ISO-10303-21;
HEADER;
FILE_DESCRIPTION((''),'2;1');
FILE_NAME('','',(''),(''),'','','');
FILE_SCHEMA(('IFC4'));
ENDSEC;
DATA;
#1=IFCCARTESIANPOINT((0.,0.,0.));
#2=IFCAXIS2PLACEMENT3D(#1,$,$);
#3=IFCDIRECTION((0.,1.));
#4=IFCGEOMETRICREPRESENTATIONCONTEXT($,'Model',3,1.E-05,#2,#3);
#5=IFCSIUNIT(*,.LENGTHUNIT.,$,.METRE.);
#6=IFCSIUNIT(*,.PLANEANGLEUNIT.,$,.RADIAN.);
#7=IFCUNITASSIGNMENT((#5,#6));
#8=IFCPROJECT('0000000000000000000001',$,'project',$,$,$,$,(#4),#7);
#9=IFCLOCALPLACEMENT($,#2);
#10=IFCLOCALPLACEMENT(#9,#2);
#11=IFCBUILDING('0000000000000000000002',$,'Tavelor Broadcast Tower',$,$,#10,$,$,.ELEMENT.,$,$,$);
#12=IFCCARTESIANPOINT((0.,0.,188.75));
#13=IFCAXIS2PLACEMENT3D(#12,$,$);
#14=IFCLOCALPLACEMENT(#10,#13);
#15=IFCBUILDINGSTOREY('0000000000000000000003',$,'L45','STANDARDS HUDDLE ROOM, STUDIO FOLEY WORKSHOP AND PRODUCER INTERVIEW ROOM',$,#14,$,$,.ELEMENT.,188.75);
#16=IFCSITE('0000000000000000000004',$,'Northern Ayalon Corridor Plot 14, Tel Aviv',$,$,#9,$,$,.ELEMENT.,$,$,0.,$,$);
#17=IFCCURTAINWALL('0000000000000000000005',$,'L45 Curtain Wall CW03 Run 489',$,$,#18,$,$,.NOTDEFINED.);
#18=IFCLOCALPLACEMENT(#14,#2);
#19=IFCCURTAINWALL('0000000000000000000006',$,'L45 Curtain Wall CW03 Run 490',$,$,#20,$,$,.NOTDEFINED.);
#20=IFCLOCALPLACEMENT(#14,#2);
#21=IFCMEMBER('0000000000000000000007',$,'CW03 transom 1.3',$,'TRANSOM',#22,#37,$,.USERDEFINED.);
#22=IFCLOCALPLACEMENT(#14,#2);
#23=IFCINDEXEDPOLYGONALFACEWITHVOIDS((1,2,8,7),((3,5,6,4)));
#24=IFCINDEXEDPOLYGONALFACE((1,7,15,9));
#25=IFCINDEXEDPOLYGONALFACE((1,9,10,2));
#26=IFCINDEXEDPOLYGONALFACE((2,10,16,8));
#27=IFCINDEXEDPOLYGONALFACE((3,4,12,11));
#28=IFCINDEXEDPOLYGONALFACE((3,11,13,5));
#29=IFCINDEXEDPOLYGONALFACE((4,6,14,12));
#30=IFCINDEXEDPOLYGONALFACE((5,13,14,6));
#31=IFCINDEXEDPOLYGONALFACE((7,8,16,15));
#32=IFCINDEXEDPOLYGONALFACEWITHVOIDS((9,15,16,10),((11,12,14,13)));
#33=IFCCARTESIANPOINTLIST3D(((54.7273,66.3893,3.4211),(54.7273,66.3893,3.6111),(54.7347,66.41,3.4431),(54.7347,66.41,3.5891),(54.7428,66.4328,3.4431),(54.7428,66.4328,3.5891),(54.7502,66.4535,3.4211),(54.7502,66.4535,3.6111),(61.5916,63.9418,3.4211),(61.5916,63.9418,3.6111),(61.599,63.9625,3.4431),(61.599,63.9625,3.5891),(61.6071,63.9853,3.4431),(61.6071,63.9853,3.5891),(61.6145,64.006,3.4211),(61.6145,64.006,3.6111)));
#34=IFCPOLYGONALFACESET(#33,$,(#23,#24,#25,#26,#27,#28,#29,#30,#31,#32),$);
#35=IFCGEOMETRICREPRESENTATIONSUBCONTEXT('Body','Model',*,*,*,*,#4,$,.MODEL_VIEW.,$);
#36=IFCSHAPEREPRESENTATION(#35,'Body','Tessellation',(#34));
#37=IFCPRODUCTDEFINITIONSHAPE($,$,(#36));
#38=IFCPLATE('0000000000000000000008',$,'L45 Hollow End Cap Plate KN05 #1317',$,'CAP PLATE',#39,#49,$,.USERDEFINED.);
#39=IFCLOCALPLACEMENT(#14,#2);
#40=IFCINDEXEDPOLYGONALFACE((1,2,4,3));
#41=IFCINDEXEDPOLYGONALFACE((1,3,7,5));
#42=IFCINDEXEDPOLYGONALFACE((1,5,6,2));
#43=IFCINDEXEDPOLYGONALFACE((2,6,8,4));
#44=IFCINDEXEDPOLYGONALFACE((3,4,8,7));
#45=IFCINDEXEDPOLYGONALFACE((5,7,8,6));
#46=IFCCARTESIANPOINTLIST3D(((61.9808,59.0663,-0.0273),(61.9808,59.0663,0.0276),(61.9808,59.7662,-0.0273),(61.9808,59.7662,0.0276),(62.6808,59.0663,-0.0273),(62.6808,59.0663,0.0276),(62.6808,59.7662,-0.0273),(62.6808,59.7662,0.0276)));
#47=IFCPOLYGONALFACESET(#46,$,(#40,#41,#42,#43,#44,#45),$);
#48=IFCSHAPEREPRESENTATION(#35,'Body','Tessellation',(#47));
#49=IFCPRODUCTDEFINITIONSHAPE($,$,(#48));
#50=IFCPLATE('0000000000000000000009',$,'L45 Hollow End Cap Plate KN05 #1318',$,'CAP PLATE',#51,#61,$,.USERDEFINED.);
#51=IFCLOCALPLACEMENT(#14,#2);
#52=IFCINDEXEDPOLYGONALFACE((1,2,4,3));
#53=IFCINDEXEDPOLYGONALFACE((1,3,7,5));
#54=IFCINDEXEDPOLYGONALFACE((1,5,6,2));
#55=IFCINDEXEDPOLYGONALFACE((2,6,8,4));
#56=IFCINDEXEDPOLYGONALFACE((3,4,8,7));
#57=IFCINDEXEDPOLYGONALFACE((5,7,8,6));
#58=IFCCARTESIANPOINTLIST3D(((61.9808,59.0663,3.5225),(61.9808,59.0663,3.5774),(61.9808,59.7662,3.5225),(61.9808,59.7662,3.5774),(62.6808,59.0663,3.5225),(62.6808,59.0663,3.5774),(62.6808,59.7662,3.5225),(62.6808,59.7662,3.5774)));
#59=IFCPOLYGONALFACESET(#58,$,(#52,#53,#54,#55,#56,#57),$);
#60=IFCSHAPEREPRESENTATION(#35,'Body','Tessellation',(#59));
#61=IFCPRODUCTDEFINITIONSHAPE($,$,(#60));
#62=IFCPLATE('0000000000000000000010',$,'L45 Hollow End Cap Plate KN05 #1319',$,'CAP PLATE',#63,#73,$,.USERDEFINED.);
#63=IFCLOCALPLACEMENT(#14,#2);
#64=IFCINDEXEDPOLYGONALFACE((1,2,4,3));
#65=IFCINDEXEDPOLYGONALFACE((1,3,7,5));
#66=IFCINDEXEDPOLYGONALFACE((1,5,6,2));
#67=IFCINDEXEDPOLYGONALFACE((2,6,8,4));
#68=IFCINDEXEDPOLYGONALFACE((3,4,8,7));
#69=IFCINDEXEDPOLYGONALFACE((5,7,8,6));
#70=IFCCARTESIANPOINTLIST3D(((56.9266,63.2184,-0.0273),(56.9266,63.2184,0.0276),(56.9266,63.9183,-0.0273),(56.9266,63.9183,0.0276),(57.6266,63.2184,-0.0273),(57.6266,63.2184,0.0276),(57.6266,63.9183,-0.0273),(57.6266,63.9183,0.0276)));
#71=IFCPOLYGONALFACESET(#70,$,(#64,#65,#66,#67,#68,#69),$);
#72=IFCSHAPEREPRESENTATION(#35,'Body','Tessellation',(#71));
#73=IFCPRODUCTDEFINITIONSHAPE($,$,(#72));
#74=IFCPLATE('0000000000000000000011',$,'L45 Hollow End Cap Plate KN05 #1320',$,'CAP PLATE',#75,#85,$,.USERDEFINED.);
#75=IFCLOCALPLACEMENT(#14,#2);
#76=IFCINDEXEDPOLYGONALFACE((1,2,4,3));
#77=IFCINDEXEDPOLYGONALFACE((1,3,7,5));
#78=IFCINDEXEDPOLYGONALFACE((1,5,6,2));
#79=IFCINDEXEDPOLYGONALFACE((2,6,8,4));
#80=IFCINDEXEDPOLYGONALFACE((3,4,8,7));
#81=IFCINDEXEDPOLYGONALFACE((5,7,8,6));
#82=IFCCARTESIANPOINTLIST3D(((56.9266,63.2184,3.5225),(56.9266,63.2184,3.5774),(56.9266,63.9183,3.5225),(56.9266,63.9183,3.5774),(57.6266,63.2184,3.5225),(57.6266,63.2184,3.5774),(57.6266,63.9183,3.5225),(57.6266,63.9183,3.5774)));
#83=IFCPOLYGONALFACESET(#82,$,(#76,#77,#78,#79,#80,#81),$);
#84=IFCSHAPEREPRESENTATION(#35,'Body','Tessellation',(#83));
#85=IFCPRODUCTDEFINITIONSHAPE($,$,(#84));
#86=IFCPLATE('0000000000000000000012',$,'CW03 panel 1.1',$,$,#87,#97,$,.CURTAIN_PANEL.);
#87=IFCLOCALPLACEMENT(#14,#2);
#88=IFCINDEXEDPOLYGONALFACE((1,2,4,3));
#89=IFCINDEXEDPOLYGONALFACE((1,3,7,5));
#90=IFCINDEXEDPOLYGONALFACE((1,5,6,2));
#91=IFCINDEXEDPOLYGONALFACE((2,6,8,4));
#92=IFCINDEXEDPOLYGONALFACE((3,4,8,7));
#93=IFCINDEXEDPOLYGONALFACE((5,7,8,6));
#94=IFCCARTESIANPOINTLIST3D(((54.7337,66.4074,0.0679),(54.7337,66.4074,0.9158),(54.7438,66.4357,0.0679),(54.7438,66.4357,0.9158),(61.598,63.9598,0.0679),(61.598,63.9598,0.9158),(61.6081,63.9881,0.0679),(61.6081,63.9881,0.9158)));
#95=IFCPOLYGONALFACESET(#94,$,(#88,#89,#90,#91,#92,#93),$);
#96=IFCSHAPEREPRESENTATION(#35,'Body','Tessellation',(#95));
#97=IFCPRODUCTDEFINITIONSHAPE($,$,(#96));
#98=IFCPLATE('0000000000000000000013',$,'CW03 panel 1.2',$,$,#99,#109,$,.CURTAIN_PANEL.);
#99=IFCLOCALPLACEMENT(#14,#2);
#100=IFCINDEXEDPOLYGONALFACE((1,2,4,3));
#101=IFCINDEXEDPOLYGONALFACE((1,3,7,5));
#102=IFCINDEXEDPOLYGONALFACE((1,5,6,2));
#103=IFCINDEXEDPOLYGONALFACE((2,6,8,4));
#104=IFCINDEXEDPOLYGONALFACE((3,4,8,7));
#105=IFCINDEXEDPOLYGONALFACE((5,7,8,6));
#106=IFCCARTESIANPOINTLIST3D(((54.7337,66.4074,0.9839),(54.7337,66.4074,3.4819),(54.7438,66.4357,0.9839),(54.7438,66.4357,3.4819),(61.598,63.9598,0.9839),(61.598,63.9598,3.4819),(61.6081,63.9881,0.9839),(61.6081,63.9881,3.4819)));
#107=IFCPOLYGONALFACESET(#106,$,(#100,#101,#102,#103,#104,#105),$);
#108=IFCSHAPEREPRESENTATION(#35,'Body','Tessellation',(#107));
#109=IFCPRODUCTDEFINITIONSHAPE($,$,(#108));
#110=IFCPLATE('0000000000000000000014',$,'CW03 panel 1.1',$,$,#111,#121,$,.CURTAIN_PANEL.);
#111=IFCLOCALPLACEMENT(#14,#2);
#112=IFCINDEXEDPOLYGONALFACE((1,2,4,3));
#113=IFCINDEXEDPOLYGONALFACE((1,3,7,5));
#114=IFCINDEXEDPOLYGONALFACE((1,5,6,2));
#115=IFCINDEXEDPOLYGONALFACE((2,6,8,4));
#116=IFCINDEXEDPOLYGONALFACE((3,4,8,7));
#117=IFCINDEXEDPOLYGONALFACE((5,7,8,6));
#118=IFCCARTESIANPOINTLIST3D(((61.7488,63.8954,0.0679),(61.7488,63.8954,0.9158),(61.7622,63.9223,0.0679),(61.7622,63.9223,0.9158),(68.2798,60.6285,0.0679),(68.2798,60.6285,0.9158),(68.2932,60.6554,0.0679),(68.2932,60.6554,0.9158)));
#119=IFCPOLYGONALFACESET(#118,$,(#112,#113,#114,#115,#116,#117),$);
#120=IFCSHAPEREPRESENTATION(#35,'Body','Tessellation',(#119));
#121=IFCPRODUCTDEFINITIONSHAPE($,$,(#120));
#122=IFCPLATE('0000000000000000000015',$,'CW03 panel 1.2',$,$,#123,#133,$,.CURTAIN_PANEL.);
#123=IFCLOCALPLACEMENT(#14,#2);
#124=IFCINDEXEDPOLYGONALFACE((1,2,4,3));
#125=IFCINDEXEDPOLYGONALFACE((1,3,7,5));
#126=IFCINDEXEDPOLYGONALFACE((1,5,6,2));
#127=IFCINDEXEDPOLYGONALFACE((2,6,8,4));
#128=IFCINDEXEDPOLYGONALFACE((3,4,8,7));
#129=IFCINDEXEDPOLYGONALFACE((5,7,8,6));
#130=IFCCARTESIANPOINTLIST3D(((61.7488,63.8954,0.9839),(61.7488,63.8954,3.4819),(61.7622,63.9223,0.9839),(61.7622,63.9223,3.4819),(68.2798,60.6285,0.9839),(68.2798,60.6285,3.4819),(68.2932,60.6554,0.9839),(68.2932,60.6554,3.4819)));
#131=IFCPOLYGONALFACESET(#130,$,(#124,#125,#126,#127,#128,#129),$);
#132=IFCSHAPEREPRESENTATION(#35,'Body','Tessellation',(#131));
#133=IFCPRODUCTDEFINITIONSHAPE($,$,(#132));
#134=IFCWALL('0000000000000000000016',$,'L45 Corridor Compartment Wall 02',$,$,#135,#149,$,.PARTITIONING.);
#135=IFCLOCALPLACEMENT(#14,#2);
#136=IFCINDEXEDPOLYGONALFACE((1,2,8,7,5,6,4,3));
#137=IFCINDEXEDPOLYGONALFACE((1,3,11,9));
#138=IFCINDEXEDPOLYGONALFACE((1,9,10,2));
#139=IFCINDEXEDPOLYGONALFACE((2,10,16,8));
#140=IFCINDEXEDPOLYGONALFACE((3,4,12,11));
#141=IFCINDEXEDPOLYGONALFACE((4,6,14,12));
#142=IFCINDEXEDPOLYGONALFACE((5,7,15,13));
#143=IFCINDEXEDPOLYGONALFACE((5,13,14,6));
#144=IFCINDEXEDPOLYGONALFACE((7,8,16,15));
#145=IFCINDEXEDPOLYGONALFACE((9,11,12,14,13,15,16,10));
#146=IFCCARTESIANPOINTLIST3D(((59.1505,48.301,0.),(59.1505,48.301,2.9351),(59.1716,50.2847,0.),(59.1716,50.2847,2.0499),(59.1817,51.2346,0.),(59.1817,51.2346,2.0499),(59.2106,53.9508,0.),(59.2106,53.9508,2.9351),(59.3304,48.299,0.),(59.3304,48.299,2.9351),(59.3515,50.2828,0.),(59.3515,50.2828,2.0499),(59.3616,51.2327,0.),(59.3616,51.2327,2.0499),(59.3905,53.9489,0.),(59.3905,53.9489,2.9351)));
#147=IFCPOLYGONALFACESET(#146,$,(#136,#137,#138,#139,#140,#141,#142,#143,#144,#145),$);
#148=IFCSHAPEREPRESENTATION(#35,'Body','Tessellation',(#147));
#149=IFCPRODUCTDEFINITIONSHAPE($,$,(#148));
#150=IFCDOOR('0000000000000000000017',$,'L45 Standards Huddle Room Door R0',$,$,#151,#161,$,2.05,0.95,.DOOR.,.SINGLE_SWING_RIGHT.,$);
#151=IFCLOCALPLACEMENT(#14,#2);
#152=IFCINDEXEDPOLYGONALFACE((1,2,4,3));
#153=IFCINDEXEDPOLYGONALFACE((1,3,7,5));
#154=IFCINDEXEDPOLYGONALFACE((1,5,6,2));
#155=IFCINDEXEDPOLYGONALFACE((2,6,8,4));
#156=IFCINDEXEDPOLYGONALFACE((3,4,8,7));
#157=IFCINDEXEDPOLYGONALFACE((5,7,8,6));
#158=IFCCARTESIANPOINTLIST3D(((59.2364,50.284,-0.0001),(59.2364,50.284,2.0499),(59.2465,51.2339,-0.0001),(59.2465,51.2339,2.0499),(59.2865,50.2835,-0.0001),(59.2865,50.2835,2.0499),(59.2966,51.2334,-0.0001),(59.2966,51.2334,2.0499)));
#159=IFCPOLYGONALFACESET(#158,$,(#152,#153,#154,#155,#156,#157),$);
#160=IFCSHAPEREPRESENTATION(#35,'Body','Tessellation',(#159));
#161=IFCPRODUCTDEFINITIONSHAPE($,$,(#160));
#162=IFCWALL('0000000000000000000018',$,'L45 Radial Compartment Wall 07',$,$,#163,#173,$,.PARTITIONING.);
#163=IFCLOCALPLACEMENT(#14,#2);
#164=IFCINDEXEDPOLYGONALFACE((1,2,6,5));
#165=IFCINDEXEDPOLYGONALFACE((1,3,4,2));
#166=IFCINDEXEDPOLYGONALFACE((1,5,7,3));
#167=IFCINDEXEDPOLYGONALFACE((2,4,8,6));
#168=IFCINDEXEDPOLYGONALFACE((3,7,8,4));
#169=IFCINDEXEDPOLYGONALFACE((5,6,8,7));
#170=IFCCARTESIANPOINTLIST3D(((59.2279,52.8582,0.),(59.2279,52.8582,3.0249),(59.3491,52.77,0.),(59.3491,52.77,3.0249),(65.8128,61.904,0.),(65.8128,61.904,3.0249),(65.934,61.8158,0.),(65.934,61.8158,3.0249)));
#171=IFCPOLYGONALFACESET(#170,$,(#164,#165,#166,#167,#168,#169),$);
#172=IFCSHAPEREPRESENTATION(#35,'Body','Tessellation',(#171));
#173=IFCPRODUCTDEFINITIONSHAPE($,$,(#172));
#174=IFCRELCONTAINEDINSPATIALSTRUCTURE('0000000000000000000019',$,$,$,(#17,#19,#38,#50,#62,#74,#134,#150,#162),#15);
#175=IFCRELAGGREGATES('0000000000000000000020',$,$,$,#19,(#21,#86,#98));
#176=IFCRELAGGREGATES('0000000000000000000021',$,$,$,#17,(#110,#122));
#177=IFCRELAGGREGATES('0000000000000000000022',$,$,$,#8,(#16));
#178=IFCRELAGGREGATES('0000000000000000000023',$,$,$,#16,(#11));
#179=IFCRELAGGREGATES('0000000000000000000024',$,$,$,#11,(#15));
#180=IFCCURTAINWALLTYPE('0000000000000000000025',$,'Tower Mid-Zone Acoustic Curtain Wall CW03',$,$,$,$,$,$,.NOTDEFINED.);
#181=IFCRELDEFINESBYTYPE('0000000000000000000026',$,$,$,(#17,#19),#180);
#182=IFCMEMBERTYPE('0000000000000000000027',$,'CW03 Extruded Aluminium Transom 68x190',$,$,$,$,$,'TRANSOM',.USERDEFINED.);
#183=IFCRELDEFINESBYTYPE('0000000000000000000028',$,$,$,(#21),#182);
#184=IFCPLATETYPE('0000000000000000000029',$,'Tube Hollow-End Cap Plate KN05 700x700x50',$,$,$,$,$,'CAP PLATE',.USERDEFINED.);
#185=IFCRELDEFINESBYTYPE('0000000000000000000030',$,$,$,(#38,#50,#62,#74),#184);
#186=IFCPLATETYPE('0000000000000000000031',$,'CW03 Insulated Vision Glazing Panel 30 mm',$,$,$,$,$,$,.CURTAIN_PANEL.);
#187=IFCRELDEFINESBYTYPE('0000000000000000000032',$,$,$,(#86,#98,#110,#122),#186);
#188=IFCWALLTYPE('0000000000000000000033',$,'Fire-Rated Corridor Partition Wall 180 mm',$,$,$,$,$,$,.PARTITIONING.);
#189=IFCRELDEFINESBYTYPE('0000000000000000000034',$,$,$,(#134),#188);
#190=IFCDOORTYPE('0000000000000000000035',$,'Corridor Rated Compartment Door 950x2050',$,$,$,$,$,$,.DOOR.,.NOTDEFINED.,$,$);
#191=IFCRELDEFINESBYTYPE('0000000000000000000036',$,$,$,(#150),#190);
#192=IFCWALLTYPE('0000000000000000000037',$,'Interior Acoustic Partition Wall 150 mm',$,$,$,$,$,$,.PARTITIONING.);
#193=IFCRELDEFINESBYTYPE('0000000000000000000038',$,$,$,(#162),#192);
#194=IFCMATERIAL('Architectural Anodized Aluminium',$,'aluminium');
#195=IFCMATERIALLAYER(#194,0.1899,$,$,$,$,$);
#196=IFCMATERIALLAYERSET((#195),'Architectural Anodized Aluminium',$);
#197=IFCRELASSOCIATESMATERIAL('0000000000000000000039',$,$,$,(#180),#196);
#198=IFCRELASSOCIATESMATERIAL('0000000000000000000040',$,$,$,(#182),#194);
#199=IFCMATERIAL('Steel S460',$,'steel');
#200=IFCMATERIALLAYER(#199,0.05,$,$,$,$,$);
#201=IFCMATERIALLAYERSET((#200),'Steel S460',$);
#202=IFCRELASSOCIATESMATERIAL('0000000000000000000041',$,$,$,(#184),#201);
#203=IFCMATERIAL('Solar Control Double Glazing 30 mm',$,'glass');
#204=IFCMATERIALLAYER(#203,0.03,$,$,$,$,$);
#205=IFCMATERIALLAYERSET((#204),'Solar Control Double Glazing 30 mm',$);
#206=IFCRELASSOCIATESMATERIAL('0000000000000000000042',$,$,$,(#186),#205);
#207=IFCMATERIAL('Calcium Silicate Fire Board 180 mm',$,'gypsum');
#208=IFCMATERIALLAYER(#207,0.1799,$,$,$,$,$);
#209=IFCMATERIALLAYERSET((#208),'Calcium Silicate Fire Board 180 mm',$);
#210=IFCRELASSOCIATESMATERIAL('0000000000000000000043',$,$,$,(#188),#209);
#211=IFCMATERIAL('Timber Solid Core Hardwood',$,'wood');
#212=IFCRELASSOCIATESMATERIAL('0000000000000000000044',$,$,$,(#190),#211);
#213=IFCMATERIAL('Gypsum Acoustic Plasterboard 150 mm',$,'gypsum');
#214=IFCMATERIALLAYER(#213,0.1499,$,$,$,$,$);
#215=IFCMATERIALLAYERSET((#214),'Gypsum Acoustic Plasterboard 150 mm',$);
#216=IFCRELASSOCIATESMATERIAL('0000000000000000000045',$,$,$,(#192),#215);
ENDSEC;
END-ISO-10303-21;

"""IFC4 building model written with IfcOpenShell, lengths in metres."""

from ifc_helpers import new_model, si_unit, direction, frame, frame_2d, origin, origin_2d, place, context, subcontext, project, spatial, rectangle, hollow_rectangle, extrude, source, transform, mapped, material, layer, layer_set, material_profile, profile_set, type_object, type_shapes, element, fill, aggregate, save


model = new_model("IFC4")

# Units and contexts
model_context = context("Model", 3, precision=1e-05, world=origin(), true_north=direction((0.0, 1.0)))
body_context = subcontext(model_context, "Body", "Model", "MODEL_VIEW")
ifc_project = project(units=[si_unit("LENGTHUNIT", "METRE"), si_unit("PLANEANGLEUNIT", "RADIAN")], contexts=[model_context])

# Site, building, storey
site_placement = place(None, origin())
site = spatial("IfcSite", under=ifc_project, at=site_placement, Name="Northern Ayalon Corridor Plot 14, Tel Aviv", CompositionType="ELEMENT", RefElevation=0.0)
building_placement = place(site_placement, origin())
building = spatial("IfcBuilding", under=site, at=building_placement, Name="Tavelor Broadcast Tower", CompositionType="ELEMENT")
storey_placement = place(building_placement, frame((0.0, 0.0, 188.75)))
storey = spatial("IfcBuildingStorey", under=building, at=storey_placement, Name="L45", Description="STANDARDS HUDDLE ROOM, STUDIO FOLEY WORKSHOP AND PRODUCER INTERVIEW ROOM", CompositionType="ELEMENT", Elevation=188.75)

# Shared definitions
ifc_material_1 = material(Name="Steel S460", Category="steel")

# Curtain wall
ifc_material_2 = material(Name="Architectural Anodized Aluminium", Category="aluminium")
ifc_layer_1 = layer(ifc_material_2, 0.1899)
ifc_layer_set_1 = layer_set([ifc_layer_1], Name="Architectural Anodized Aluminium")
curtain_wall_type = type_object("IfcCurtainWallType", Name="Tower Mid-Zone Acoustic Curtain Wall CW03", PredefinedType="NOTDEFINED", material=ifc_layer_set_1)
curtain_wall_1_placement = place(storey_placement, origin())
curtain_wall_1 = element("IfcCurtainWall", 1, at=curtain_wall_1_placement, inside=storey, type_object=curtain_wall_type, Name="L45 Curtain Wall CW03 Run 489", PredefinedType="NOTDEFINED")

# Curtain wall, member
curtain_wall_2_placement = place(storey_placement, origin())
curtain_wall_2 = element("IfcCurtainWall", 2, at=curtain_wall_2_placement, inside=storey, type_object=curtain_wall_type, Name="L45 Curtain Wall CW03 Run 490", PredefinedType="NOTDEFINED")
ifc_material_profile_1 = material_profile(ifc_material_2, hollow_rectangle(XDim=0.0681, YDim=0.1899, WallThickness=0.022, at=origin_2d()), Name="RHS 68x190x22")
ifc_profile_set_1 = profile_set([ifc_material_profile_1], Name="Architectural Anodized Aluminium")
member_type_1 = type_object("IfcMemberType", Name="CW03 Extruded Aluminium Transom 68x190", ElementType="TRANSOM", PredefinedType="USERDEFINED", material=ifc_profile_set_1)
shared_shape_1 = source(origin(), body_context, "Body", "SweptSolid", [
    extrude(hollow_rectangle(XDim=0.0681, YDim=0.1899, WallThickness=0.022, at=origin_2d()), origin(), (0.0, 0.0, 1.0), 7.2876),
])
type_shapes(member_type_1, [shared_shape_1])
member_1_placement = place(storey_placement, frame((61.603, 63.9739, 3.5161), z_axis=(-0.941916, 0.335848, 0.0), x_axis=(-0.335848, -0.941916, 0.0)))
member_1 = element("IfcMember", 3, at=member_1_placement, type_object=member_type_1, Name="CW03 transom 1.3", ObjectType="TRANSOM", PredefinedType="USERDEFINED", context=body_context, shape_type="MappedRepresentation", body=[
    mapped(shared_shape_1, transform((0.0, 0.0, 0.0), scale=1.0)),
])

# Plates
ifc_layer_2 = layer(ifc_material_1, 0.05)
ifc_layer_set_2 = layer_set([ifc_layer_2], Name="Steel S460")
plate_type_1 = type_object("IfcPlateType", Name="Tube Hollow-End Cap Plate KN05 700x700x50", ElementType="CAP PLATE", PredefinedType="USERDEFINED", material=ifc_layer_set_2)
shared_shape_2 = source(origin(), body_context, "Body", "SweptSolid", [
    extrude(rectangle(XDim=0.7, YDim=0.7, at=origin_2d()), origin(), (0.0, 0.0, 1.0), 0.0549),
])
type_shapes(plate_type_1, [shared_shape_2])
for number, where, z_axis, x_axis, name in (
    (4, (62.3308, 59.4163, -0.0273), (0.0, 0.0, 1.0), (1.0, 0.0, 0.0), "L45 Hollow End Cap Plate KN05 #1317"),
    (5, (62.3308, 59.4163, 3.5225), (0.0, 0.0, 1.0), (1.0, 0.0, 0.0), "L45 Hollow End Cap Plate KN05 #1318"),
    (6, (57.2766, 63.5684, -0.0273), (0.0, 0.0, 1.0), (1.0, 0.0, 0.0), "L45 Hollow End Cap Plate KN05 #1319"),
    (7, (57.2766, 63.5684, 3.5225), (0.0, 0.0, 1.0), (1.0, 0.0, 0.0), "L45 Hollow End Cap Plate KN05 #1320"),
):
    element("IfcPlate", number, at=place(storey_placement, frame(where, z_axis=z_axis, x_axis=x_axis)), inside=storey, type_object=plate_type_1, Name=name, ObjectType="CAP PLATE", PredefinedType="USERDEFINED", context=body_context, shape_type="MappedRepresentation", body=[
        mapped(shared_shape_2, transform((0.0, 0.0, 0.0), scale=1.0)),
    ])

# Plates
ifc_material_3 = material(Name="Solar Control Double Glazing 30 mm", Category="glass")
ifc_layer_3 = layer(ifc_material_3, 0.03)
ifc_layer_set_3 = layer_set([ifc_layer_3], Name="Solar Control Double Glazing 30 mm")
plate_type_2 = type_object("IfcPlateType", Name="CW03 Insulated Vision Glazing Panel 30 mm", PredefinedType="CURTAIN_PANEL", material=ifc_layer_set_3)
shared_shape_3 = source(origin(), body_context, "Body", "SweptSolid", [
    extrude(rectangle(XDim=7.2876, YDim=0.03, at=origin_2d()), origin(), (0.0, 0.0, 1.0), 0.8479),
])
plate_1_placement = place(storey_placement, frame((58.1709, 65.1978, 0.0679), z_axis=(0.0, 0.0, 1.0), x_axis=(-0.94191, 0.335864, 0.0)))
plate_1 = element("IfcPlate", 8, at=plate_1_placement, type_object=plate_type_2, Name="CW03 panel 1.1", PredefinedType="CURTAIN_PANEL", context=body_context, shape_type="MappedRepresentation", body=[
    mapped(shared_shape_3, transform((0.0, 0.0, 0.0), scale=1.0)),
])
shared_shape_4 = source(origin(), body_context, "Body", "SweptSolid", [
    extrude(rectangle(XDim=7.2876, YDim=0.03, at=origin_2d()), origin(), (0.0, 0.0, 1.0), 2.498),
])
plate_2_placement = place(storey_placement, frame((58.1709, 65.1978, 0.9839), z_axis=(0.0, 0.0, 1.0), x_axis=(-0.94191, 0.335864, 0.0)))
plate_2 = element("IfcPlate", 9, at=plate_2_placement, type_object=plate_type_2, Name="CW03 panel 1.2", PredefinedType="CURTAIN_PANEL", context=body_context, shape_type="MappedRepresentation", body=[
    mapped(shared_shape_4, transform((0.0, 0.0, 0.0), scale=1.0)),
])
aggregate(curtain_wall_2, [member_1, plate_1, plate_2])
shared_shape_5 = source(origin(), body_context, "Body", "SweptSolid", [
    extrude(rectangle(XDim=7.3025, YDim=0.03, at=origin_2d()), origin(), (0.0, 0.0, 1.0), 0.8479),
])
plate_3_placement = place(storey_placement, frame((65.021, 62.2754, 0.0679), z_axis=(0.0, 0.0, 1.0), x_axis=(-0.894349, 0.44737, 0.0)))
plate_3 = element("IfcPlate", 10, at=plate_3_placement, type_object=plate_type_2, Name="CW03 panel 1.1", PredefinedType="CURTAIN_PANEL", context=body_context, shape_type="MappedRepresentation", body=[
    mapped(shared_shape_5, transform((0.0, 0.0, 0.0), scale=1.0)),
])
shared_shape_6 = source(origin(), body_context, "Body", "SweptSolid", [
    extrude(rectangle(XDim=7.3025, YDim=0.03, at=origin_2d()), origin(), (0.0, 0.0, 1.0), 2.498),
])
type_shapes(plate_type_2, [shared_shape_3, shared_shape_4, shared_shape_5, shared_shape_6])
plate_4_placement = place(storey_placement, frame((65.021, 62.2754, 0.9839), z_axis=(0.0, 0.0, 1.0), x_axis=(-0.894349, 0.44737, 0.0)))
plate_4 = element("IfcPlate", 11, at=plate_4_placement, type_object=plate_type_2, Name="CW03 panel 1.2", PredefinedType="CURTAIN_PANEL", context=body_context, shape_type="MappedRepresentation", body=[
    mapped(shared_shape_6, transform((0.0, 0.0, 0.0), scale=1.0)),
])
aggregate(curtain_wall_1, [plate_3, plate_4])

# Wall, opening, door
ifc_material_4 = material(Name="Calcium Silicate Fire Board 180 mm", Category="gypsum")
ifc_layer_4 = layer(ifc_material_4, 0.1799)
ifc_layer_set_4 = layer_set([ifc_layer_4], Name="Calcium Silicate Fire Board 180 mm")
wall_type_1 = type_object("IfcWallType", Name="Fire-Rated Corridor Partition Wall 180 mm", PredefinedType="PARTITIONING", material=ifc_layer_set_4)
wall_1_placement = place(storey_placement, frame((59.3005, 53.95, 0.0), z_axis=(0.0, 0.0, 1.0), x_axis=(-0.010629, -0.999944, 0.0)))
wall_1 = element("IfcWall", 12, at=wall_1_placement, inside=storey, type_object=wall_type_1, Name="L45 Corridor Compartment Wall 02", PredefinedType="PARTITIONING", context=body_context, shape_type="SweptSolid", body=[
    extrude(rectangle(XDim=5.6501, YDim=0.1799, at=frame_2d((2.8252, 0.0))), origin(), (0.0, 0.0, 1.0), 2.9351),
])
opening_placement = place(wall_1_placement, frame((2.7163, 0.0, 0.0)))
opening = element("IfcOpeningElement", 13, at=opening_placement, cuts=wall_1, PredefinedType="OPENING", context=body_context, shape_type="SweptSolid", body=[
    extrude(rectangle(XDim=0.95, YDim=2.05, at=frame_2d((0.4751, 1.0249))), frame((0.0, 0.1001, 0.0), z_axis=(0.0, -1.0, 0.0), x_axis=(1.0, 0.0, 0.0)), (0.0, 0.0, 1.0), 0.2),
])
ifc_material_5 = material(Name="Timber Solid Core Hardwood", Category="wood")
door_type = type_object("IfcDoorType", Name="Corridor Rated Compartment Door 950x2050", OperationType="NOTDEFINED", PredefinedType="DOOR", material=ifc_material_5)
door_placement = place(opening_placement, origin())
door = element("IfcDoor", 14, at=door_placement, inside=storey, type_object=door_type, Name="L45 Standards Huddle Room Door R0", OperationType="SINGLE_SWING_RIGHT", OverallHeight=2.05, OverallWidth=0.95, PredefinedType="DOOR", context=body_context, shape_type="SweptSolid", body=[
    extrude(rectangle(XDim=0.95, YDim=2.05, at=frame_2d((0.4751, 1.0249))), frame((0.0, 0.0249, 0.0), z_axis=(0.0, -1.0, 0.0), x_axis=(1.0, 0.0, 0.0)), (0.0, 0.0, 1.0), 0.05),
])
fill(opening, door)

# Wall
ifc_material_6 = material(Name="Gypsum Acoustic Plasterboard 150 mm", Category="gypsum")
ifc_layer_5 = layer(ifc_material_6, 0.1499)
ifc_layer_set_5 = layer_set([ifc_layer_5], Name="Gypsum Acoustic Plasterboard 150 mm")
wall_type_2 = type_object("IfcWallType", Name="Interior Acoustic Partition Wall 150 mm", PredefinedType="PARTITIONING", material=ifc_layer_set_5)
wall_2_placement = place(storey_placement, frame((59.2886, 52.8142, 0.0), z_axis=(0.0, 0.0, 1.0), x_axis=(0.58853, 0.808476, 0.0)))
element("IfcWall", 15, at=wall_2_placement, inside=storey, type_object=wall_type_2, Name="L45 Radial Compartment Wall 07", PredefinedType="PARTITIONING", context=body_context, shape_type="SweptSolid", body=[
    extrude(rectangle(XDim=11.1887, YDim=0.1499, at=frame_2d((5.5942, 0.0))), origin(), (0.0, 0.0, 1.0), 3.0249),
])

save(model, "model.ifc")
